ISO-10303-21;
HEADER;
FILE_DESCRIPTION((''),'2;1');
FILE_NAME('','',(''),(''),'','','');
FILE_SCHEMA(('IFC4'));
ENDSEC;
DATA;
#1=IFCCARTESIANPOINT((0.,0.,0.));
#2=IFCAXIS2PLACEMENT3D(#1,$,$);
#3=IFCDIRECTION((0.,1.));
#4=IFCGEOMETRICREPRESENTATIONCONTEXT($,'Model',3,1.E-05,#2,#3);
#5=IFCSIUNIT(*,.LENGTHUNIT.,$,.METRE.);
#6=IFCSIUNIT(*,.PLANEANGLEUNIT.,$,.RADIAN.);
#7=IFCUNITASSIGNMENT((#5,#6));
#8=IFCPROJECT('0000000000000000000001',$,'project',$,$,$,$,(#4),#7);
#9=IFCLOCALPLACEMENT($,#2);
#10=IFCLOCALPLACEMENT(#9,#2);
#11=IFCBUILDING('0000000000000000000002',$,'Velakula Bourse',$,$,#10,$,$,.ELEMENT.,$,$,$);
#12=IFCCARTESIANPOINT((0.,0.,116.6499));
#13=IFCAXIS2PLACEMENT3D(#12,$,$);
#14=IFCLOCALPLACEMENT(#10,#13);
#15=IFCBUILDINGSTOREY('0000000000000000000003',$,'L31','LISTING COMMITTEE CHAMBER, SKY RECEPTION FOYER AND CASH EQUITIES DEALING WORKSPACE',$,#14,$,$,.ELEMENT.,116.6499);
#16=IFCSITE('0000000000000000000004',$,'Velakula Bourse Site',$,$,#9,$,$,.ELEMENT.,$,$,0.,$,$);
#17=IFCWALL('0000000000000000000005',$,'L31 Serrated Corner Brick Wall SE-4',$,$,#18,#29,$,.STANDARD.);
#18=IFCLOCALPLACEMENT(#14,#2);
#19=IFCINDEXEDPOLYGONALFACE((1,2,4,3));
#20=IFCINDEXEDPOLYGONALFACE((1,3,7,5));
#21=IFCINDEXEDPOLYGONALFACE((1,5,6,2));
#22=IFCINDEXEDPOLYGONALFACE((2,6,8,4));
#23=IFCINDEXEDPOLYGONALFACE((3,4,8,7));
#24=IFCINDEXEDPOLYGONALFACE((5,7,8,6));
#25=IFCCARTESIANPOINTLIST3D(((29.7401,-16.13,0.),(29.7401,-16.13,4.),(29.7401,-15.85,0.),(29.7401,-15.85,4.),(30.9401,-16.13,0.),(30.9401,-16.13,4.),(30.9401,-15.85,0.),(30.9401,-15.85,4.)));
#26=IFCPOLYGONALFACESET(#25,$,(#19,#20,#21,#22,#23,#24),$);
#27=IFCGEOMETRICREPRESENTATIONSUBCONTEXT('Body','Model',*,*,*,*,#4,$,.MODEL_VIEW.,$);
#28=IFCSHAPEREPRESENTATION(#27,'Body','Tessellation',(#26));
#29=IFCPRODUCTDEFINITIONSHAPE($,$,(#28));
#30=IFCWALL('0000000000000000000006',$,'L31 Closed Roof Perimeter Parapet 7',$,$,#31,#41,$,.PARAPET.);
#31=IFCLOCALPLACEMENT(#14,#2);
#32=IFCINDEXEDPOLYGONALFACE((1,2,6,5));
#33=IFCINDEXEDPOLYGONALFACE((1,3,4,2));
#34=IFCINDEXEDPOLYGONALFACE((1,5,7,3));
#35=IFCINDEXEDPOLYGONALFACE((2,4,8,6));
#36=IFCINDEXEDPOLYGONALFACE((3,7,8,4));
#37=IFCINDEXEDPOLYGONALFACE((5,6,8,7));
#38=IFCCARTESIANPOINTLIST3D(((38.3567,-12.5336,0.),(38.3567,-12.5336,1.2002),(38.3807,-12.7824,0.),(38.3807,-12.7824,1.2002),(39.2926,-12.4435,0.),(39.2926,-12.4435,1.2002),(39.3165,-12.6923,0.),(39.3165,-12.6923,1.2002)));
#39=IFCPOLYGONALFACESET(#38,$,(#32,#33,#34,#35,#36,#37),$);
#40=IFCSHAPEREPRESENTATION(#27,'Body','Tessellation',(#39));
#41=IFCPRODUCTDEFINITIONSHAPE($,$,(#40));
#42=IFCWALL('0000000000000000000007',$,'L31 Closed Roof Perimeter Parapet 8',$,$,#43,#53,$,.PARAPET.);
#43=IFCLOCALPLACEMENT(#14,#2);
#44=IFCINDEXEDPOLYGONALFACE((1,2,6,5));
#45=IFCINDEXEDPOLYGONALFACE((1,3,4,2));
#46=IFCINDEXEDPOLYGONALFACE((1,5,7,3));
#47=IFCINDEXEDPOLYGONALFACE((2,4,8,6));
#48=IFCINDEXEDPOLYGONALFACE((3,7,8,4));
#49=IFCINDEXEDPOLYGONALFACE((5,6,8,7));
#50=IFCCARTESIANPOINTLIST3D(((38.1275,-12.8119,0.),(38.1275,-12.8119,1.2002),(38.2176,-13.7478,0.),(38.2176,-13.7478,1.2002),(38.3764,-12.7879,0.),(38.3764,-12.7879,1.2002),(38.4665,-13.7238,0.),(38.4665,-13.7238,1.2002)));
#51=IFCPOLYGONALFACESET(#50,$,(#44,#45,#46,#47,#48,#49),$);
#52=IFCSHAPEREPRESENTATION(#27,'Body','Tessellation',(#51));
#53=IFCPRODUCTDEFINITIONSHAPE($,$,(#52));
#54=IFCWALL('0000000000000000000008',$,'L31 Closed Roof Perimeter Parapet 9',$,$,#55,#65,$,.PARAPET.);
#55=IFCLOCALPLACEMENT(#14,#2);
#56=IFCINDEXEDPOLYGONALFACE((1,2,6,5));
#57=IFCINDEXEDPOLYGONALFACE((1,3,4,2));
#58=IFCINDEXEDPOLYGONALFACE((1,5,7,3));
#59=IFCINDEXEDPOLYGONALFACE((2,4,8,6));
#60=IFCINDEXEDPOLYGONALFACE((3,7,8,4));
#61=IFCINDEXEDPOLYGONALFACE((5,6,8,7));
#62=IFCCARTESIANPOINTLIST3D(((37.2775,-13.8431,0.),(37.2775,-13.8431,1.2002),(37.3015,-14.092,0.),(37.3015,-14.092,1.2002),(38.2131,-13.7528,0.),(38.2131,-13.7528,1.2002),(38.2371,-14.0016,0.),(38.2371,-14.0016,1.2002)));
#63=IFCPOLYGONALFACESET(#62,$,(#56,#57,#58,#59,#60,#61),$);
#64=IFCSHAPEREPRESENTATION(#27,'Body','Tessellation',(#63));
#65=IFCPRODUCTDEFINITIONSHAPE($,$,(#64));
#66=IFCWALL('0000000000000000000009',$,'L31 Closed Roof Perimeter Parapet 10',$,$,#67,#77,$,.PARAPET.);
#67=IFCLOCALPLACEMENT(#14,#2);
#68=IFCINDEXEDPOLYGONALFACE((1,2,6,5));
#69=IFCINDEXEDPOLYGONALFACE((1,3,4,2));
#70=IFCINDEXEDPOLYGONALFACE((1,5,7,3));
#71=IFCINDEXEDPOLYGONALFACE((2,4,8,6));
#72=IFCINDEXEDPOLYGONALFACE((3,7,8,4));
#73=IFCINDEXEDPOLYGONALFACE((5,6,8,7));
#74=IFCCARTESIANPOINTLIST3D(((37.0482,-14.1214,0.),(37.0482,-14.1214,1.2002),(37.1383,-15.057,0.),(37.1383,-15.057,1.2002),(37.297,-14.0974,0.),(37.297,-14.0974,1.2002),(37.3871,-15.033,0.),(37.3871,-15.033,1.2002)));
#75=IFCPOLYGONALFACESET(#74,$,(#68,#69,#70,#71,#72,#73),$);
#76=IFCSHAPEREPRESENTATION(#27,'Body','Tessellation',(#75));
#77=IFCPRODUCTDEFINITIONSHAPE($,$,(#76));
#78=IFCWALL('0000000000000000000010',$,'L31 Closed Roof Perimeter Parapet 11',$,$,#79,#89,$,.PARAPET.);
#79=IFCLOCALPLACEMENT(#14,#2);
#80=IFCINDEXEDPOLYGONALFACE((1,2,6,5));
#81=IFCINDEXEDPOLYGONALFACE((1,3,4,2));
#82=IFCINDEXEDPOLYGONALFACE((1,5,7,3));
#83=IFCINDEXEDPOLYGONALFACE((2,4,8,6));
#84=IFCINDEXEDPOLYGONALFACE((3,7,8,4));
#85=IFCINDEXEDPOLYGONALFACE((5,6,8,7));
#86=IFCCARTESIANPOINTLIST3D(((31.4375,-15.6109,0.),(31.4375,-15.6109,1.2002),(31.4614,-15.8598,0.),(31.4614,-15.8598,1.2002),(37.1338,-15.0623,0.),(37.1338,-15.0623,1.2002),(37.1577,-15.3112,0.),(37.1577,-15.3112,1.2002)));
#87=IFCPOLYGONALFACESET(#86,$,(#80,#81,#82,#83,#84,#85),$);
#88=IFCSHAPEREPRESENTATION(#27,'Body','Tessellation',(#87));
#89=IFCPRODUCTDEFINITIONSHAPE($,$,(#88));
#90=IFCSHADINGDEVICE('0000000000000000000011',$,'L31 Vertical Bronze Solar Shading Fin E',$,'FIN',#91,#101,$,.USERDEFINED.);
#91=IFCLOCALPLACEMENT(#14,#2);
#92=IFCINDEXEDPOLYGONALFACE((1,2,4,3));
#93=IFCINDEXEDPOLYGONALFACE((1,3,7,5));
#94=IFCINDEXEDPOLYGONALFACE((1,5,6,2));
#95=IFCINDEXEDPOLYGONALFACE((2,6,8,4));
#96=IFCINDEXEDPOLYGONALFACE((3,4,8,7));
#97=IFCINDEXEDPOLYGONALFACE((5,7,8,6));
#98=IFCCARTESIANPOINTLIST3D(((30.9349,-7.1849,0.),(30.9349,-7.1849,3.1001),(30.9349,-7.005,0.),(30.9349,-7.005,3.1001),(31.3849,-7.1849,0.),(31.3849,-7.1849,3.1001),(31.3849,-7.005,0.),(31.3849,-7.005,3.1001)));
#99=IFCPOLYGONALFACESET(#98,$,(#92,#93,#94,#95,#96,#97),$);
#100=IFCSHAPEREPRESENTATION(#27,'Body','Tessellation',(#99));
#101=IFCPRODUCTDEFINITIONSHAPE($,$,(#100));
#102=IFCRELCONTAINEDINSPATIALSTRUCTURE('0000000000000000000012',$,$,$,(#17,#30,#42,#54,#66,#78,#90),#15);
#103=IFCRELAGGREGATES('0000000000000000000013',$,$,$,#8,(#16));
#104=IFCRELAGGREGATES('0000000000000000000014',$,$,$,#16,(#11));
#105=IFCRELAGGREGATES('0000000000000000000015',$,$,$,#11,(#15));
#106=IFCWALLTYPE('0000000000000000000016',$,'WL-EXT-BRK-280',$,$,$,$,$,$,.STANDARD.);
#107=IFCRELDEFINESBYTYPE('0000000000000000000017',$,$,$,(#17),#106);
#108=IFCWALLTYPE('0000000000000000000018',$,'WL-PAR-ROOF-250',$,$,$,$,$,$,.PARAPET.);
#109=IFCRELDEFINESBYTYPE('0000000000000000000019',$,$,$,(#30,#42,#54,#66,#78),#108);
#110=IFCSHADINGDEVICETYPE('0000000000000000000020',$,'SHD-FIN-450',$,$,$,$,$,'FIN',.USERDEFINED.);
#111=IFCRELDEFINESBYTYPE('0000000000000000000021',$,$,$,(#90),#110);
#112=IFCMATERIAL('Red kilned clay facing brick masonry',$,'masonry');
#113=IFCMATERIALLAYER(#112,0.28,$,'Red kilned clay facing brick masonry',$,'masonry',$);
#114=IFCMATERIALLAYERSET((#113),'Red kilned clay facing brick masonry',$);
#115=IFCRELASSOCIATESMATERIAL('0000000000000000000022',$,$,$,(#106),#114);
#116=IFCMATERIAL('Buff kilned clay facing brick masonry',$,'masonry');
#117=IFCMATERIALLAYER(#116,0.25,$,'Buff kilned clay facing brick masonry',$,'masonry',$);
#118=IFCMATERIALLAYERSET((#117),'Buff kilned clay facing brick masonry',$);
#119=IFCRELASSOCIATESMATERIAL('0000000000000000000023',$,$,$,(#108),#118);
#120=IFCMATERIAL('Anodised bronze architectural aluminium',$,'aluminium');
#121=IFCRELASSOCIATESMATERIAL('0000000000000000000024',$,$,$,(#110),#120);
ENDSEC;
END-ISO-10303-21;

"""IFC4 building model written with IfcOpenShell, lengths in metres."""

from ifc_helpers import new_model, si_unit, direction, frame, frame_2d, origin, origin_2d, place, context, subcontext, project, spatial, rectangle, extrude, material, layer, layer_set, type_object, element, save


model = new_model("IFC4")

# Units and contexts
model_context = context("Model", 3, precision=1e-05, world=origin(), true_north=direction((0.0, 1.0)))
body_context = subcontext(model_context, "Body", "Model", "MODEL_VIEW")
ifc_project = project(units=[si_unit("LENGTHUNIT", "METRE"), si_unit("PLANEANGLEUNIT", "RADIAN")], contexts=[model_context])

# Site, building, storey
site_placement = place(None, origin())
site = spatial("IfcSite", under=ifc_project, at=site_placement, Name="Velakula Bourse Site", CompositionType="ELEMENT", RefElevation=0.0)
building_placement = place(site_placement, origin())
building = spatial("IfcBuilding", under=site, at=building_placement, Name="Velakula Bourse", CompositionType="ELEMENT")
storey_placement = place(building_placement, frame((0.0, 0.0, 116.6499)))
storey = spatial("IfcBuildingStorey", under=building, at=storey_placement, Name="L31", Description="LISTING COMMITTEE CHAMBER, SKY RECEPTION FOYER AND CASH EQUITIES DEALING WORKSPACE", CompositionType="ELEMENT", Elevation=116.6499)

# Shared definitions
ifc_material_1 = material(Name="Red kilned clay facing brick masonry", Category="masonry")
ifc_layer_1 = layer(ifc_material_1, 0.28, Name="Red kilned clay facing brick masonry", Category="masonry")
ifc_layer_set_1 = layer_set([ifc_layer_1], Name="Red kilned clay facing brick masonry")
wall_type_1 = type_object("IfcWallType", Name="WL-EXT-BRK-280", PredefinedType="STANDARD", material=ifc_layer_set_1)

# Walls
for number, where, z_axis, x_axis, name in (
    (1, (29.74, -15.99, 0.0), (0.0, 0.0, 1.0), (1.0, 0.0, 0.0), "L31 Serrated Corner Brick Wall SE-4"),
):
    element("IfcWall", number, at=place(storey_placement, frame(where, z_axis=z_axis, x_axis=x_axis)), inside=storey, type_object=wall_type_1, Name=name, PredefinedType="STANDARD", context=body_context, shape_type="SweptSolid", body=[
        extrude(rectangle(XDim=1.2, YDim=0.28, at=frame_2d((0.6001, 0.0))), origin(), (0.0, 0.0, 1.0), 4.0),
    ])
ifc_material_2 = material(Name="Buff kilned clay facing brick masonry", Category="masonry")
ifc_layer_2 = layer(ifc_material_2, 0.25, Name="Buff kilned clay facing brick masonry", Category="masonry")
ifc_layer_set_2 = layer_set([ifc_layer_2], Name="Buff kilned clay facing brick masonry")
wall_type_2 = type_object("IfcWallType", Name="WL-PAR-ROOF-250", PredefinedType="PARAPET", material=ifc_layer_set_2)
for number, where, z_axis, x_axis, name in (
    (2, (39.3047, -12.5679, 0.0), (0.0, 0.0, 1.0), (-0.995398, -0.095826, 0.0), "L31 Closed Roof Perimeter Parapet 7"),
    (3, (38.252, -12.7998, 0.0), (0.0, 0.0, 1.0), (0.095826, -0.995398, 0.0), "L31 Closed Roof Perimeter Parapet 8"),
):
    element("IfcWall", number, at=place(storey_placement, frame(where, z_axis=z_axis, x_axis=x_axis)), inside=storey, type_object=wall_type_2, Name=name, PredefinedType="PARAPET", context=body_context, shape_type="SweptSolid", body=[
        extrude(rectangle(XDim=0.9402, YDim=0.25, at=frame_2d((0.4702, 0.0))), origin(), (0.0, 0.0, 1.0), 1.2002),
    ])
for number, where, z_axis, x_axis, name in (
    (4, (38.2251, -13.8772, 0.0), (0.0, 0.0, 1.0), (-0.995371, -0.096108, 0.0), "L31 Closed Roof Perimeter Parapet 9"),
    (5, (37.1726, -14.1094, 0.0), (0.0, 0.0, 1.0), (0.095851, -0.995396, 0.0), "L31 Closed Roof Perimeter Parapet 10"),
):
    element("IfcWall", number, at=place(storey_placement, frame(where, z_axis=z_axis, x_axis=x_axis)), inside=storey, type_object=wall_type_2, Name=name, PredefinedType="PARAPET", context=body_context, shape_type="SweptSolid", body=[
        extrude(rectangle(XDim=0.9399, YDim=0.25, at=frame_2d((0.47, 0.0))), origin(), (0.0, 0.0, 1.0), 1.2002),
    ])
wall_1_placement = place(storey_placement, frame((37.1458, -15.1868, 0.0), z_axis=(0.0, 0.0, 1.0), x_axis=(-0.995395, -0.095862, 0.0)))
element("IfcWall", 6, at=wall_1_placement, inside=storey, type_object=wall_type_2, Name="L31 Closed Roof Perimeter Parapet 11", PredefinedType="PARAPET", context=body_context, shape_type="SweptSolid", body=[
    extrude(rectangle(XDim=5.7227, YDim=0.25, at=frame_2d((2.8613, 0.0))), origin(), (0.0, 0.0, 1.0), 1.2002),
])

# Shading device
ifc_material_3 = material(Name="Anodised bronze architectural aluminium", Category="aluminium")
shading_device_type = type_object("IfcShadingDeviceType", Name="SHD-FIN-450", ElementType="FIN", PredefinedType="USERDEFINED", material=ifc_material_3)
shading_device_placement = place(storey_placement, frame((31.1599, -7.095, 0.0), z_axis=(0.0, 0.0, 1.0), x_axis=(1.0, 0.0, 0.0)))
element("IfcShadingDevice", 7, at=shading_device_placement, inside=storey, type_object=shading_device_type, Name="L31 Vertical Bronze Solar Shading Fin E", ObjectType="FIN", PredefinedType="USERDEFINED", context=body_context, shape_type="SweptSolid", body=[
    extrude(rectangle(XDim=0.45, YDim=0.1799, at=origin_2d()), origin(), (0.0, 0.0, 1.0), 3.1001),
])

save(model, "model.ifc")
